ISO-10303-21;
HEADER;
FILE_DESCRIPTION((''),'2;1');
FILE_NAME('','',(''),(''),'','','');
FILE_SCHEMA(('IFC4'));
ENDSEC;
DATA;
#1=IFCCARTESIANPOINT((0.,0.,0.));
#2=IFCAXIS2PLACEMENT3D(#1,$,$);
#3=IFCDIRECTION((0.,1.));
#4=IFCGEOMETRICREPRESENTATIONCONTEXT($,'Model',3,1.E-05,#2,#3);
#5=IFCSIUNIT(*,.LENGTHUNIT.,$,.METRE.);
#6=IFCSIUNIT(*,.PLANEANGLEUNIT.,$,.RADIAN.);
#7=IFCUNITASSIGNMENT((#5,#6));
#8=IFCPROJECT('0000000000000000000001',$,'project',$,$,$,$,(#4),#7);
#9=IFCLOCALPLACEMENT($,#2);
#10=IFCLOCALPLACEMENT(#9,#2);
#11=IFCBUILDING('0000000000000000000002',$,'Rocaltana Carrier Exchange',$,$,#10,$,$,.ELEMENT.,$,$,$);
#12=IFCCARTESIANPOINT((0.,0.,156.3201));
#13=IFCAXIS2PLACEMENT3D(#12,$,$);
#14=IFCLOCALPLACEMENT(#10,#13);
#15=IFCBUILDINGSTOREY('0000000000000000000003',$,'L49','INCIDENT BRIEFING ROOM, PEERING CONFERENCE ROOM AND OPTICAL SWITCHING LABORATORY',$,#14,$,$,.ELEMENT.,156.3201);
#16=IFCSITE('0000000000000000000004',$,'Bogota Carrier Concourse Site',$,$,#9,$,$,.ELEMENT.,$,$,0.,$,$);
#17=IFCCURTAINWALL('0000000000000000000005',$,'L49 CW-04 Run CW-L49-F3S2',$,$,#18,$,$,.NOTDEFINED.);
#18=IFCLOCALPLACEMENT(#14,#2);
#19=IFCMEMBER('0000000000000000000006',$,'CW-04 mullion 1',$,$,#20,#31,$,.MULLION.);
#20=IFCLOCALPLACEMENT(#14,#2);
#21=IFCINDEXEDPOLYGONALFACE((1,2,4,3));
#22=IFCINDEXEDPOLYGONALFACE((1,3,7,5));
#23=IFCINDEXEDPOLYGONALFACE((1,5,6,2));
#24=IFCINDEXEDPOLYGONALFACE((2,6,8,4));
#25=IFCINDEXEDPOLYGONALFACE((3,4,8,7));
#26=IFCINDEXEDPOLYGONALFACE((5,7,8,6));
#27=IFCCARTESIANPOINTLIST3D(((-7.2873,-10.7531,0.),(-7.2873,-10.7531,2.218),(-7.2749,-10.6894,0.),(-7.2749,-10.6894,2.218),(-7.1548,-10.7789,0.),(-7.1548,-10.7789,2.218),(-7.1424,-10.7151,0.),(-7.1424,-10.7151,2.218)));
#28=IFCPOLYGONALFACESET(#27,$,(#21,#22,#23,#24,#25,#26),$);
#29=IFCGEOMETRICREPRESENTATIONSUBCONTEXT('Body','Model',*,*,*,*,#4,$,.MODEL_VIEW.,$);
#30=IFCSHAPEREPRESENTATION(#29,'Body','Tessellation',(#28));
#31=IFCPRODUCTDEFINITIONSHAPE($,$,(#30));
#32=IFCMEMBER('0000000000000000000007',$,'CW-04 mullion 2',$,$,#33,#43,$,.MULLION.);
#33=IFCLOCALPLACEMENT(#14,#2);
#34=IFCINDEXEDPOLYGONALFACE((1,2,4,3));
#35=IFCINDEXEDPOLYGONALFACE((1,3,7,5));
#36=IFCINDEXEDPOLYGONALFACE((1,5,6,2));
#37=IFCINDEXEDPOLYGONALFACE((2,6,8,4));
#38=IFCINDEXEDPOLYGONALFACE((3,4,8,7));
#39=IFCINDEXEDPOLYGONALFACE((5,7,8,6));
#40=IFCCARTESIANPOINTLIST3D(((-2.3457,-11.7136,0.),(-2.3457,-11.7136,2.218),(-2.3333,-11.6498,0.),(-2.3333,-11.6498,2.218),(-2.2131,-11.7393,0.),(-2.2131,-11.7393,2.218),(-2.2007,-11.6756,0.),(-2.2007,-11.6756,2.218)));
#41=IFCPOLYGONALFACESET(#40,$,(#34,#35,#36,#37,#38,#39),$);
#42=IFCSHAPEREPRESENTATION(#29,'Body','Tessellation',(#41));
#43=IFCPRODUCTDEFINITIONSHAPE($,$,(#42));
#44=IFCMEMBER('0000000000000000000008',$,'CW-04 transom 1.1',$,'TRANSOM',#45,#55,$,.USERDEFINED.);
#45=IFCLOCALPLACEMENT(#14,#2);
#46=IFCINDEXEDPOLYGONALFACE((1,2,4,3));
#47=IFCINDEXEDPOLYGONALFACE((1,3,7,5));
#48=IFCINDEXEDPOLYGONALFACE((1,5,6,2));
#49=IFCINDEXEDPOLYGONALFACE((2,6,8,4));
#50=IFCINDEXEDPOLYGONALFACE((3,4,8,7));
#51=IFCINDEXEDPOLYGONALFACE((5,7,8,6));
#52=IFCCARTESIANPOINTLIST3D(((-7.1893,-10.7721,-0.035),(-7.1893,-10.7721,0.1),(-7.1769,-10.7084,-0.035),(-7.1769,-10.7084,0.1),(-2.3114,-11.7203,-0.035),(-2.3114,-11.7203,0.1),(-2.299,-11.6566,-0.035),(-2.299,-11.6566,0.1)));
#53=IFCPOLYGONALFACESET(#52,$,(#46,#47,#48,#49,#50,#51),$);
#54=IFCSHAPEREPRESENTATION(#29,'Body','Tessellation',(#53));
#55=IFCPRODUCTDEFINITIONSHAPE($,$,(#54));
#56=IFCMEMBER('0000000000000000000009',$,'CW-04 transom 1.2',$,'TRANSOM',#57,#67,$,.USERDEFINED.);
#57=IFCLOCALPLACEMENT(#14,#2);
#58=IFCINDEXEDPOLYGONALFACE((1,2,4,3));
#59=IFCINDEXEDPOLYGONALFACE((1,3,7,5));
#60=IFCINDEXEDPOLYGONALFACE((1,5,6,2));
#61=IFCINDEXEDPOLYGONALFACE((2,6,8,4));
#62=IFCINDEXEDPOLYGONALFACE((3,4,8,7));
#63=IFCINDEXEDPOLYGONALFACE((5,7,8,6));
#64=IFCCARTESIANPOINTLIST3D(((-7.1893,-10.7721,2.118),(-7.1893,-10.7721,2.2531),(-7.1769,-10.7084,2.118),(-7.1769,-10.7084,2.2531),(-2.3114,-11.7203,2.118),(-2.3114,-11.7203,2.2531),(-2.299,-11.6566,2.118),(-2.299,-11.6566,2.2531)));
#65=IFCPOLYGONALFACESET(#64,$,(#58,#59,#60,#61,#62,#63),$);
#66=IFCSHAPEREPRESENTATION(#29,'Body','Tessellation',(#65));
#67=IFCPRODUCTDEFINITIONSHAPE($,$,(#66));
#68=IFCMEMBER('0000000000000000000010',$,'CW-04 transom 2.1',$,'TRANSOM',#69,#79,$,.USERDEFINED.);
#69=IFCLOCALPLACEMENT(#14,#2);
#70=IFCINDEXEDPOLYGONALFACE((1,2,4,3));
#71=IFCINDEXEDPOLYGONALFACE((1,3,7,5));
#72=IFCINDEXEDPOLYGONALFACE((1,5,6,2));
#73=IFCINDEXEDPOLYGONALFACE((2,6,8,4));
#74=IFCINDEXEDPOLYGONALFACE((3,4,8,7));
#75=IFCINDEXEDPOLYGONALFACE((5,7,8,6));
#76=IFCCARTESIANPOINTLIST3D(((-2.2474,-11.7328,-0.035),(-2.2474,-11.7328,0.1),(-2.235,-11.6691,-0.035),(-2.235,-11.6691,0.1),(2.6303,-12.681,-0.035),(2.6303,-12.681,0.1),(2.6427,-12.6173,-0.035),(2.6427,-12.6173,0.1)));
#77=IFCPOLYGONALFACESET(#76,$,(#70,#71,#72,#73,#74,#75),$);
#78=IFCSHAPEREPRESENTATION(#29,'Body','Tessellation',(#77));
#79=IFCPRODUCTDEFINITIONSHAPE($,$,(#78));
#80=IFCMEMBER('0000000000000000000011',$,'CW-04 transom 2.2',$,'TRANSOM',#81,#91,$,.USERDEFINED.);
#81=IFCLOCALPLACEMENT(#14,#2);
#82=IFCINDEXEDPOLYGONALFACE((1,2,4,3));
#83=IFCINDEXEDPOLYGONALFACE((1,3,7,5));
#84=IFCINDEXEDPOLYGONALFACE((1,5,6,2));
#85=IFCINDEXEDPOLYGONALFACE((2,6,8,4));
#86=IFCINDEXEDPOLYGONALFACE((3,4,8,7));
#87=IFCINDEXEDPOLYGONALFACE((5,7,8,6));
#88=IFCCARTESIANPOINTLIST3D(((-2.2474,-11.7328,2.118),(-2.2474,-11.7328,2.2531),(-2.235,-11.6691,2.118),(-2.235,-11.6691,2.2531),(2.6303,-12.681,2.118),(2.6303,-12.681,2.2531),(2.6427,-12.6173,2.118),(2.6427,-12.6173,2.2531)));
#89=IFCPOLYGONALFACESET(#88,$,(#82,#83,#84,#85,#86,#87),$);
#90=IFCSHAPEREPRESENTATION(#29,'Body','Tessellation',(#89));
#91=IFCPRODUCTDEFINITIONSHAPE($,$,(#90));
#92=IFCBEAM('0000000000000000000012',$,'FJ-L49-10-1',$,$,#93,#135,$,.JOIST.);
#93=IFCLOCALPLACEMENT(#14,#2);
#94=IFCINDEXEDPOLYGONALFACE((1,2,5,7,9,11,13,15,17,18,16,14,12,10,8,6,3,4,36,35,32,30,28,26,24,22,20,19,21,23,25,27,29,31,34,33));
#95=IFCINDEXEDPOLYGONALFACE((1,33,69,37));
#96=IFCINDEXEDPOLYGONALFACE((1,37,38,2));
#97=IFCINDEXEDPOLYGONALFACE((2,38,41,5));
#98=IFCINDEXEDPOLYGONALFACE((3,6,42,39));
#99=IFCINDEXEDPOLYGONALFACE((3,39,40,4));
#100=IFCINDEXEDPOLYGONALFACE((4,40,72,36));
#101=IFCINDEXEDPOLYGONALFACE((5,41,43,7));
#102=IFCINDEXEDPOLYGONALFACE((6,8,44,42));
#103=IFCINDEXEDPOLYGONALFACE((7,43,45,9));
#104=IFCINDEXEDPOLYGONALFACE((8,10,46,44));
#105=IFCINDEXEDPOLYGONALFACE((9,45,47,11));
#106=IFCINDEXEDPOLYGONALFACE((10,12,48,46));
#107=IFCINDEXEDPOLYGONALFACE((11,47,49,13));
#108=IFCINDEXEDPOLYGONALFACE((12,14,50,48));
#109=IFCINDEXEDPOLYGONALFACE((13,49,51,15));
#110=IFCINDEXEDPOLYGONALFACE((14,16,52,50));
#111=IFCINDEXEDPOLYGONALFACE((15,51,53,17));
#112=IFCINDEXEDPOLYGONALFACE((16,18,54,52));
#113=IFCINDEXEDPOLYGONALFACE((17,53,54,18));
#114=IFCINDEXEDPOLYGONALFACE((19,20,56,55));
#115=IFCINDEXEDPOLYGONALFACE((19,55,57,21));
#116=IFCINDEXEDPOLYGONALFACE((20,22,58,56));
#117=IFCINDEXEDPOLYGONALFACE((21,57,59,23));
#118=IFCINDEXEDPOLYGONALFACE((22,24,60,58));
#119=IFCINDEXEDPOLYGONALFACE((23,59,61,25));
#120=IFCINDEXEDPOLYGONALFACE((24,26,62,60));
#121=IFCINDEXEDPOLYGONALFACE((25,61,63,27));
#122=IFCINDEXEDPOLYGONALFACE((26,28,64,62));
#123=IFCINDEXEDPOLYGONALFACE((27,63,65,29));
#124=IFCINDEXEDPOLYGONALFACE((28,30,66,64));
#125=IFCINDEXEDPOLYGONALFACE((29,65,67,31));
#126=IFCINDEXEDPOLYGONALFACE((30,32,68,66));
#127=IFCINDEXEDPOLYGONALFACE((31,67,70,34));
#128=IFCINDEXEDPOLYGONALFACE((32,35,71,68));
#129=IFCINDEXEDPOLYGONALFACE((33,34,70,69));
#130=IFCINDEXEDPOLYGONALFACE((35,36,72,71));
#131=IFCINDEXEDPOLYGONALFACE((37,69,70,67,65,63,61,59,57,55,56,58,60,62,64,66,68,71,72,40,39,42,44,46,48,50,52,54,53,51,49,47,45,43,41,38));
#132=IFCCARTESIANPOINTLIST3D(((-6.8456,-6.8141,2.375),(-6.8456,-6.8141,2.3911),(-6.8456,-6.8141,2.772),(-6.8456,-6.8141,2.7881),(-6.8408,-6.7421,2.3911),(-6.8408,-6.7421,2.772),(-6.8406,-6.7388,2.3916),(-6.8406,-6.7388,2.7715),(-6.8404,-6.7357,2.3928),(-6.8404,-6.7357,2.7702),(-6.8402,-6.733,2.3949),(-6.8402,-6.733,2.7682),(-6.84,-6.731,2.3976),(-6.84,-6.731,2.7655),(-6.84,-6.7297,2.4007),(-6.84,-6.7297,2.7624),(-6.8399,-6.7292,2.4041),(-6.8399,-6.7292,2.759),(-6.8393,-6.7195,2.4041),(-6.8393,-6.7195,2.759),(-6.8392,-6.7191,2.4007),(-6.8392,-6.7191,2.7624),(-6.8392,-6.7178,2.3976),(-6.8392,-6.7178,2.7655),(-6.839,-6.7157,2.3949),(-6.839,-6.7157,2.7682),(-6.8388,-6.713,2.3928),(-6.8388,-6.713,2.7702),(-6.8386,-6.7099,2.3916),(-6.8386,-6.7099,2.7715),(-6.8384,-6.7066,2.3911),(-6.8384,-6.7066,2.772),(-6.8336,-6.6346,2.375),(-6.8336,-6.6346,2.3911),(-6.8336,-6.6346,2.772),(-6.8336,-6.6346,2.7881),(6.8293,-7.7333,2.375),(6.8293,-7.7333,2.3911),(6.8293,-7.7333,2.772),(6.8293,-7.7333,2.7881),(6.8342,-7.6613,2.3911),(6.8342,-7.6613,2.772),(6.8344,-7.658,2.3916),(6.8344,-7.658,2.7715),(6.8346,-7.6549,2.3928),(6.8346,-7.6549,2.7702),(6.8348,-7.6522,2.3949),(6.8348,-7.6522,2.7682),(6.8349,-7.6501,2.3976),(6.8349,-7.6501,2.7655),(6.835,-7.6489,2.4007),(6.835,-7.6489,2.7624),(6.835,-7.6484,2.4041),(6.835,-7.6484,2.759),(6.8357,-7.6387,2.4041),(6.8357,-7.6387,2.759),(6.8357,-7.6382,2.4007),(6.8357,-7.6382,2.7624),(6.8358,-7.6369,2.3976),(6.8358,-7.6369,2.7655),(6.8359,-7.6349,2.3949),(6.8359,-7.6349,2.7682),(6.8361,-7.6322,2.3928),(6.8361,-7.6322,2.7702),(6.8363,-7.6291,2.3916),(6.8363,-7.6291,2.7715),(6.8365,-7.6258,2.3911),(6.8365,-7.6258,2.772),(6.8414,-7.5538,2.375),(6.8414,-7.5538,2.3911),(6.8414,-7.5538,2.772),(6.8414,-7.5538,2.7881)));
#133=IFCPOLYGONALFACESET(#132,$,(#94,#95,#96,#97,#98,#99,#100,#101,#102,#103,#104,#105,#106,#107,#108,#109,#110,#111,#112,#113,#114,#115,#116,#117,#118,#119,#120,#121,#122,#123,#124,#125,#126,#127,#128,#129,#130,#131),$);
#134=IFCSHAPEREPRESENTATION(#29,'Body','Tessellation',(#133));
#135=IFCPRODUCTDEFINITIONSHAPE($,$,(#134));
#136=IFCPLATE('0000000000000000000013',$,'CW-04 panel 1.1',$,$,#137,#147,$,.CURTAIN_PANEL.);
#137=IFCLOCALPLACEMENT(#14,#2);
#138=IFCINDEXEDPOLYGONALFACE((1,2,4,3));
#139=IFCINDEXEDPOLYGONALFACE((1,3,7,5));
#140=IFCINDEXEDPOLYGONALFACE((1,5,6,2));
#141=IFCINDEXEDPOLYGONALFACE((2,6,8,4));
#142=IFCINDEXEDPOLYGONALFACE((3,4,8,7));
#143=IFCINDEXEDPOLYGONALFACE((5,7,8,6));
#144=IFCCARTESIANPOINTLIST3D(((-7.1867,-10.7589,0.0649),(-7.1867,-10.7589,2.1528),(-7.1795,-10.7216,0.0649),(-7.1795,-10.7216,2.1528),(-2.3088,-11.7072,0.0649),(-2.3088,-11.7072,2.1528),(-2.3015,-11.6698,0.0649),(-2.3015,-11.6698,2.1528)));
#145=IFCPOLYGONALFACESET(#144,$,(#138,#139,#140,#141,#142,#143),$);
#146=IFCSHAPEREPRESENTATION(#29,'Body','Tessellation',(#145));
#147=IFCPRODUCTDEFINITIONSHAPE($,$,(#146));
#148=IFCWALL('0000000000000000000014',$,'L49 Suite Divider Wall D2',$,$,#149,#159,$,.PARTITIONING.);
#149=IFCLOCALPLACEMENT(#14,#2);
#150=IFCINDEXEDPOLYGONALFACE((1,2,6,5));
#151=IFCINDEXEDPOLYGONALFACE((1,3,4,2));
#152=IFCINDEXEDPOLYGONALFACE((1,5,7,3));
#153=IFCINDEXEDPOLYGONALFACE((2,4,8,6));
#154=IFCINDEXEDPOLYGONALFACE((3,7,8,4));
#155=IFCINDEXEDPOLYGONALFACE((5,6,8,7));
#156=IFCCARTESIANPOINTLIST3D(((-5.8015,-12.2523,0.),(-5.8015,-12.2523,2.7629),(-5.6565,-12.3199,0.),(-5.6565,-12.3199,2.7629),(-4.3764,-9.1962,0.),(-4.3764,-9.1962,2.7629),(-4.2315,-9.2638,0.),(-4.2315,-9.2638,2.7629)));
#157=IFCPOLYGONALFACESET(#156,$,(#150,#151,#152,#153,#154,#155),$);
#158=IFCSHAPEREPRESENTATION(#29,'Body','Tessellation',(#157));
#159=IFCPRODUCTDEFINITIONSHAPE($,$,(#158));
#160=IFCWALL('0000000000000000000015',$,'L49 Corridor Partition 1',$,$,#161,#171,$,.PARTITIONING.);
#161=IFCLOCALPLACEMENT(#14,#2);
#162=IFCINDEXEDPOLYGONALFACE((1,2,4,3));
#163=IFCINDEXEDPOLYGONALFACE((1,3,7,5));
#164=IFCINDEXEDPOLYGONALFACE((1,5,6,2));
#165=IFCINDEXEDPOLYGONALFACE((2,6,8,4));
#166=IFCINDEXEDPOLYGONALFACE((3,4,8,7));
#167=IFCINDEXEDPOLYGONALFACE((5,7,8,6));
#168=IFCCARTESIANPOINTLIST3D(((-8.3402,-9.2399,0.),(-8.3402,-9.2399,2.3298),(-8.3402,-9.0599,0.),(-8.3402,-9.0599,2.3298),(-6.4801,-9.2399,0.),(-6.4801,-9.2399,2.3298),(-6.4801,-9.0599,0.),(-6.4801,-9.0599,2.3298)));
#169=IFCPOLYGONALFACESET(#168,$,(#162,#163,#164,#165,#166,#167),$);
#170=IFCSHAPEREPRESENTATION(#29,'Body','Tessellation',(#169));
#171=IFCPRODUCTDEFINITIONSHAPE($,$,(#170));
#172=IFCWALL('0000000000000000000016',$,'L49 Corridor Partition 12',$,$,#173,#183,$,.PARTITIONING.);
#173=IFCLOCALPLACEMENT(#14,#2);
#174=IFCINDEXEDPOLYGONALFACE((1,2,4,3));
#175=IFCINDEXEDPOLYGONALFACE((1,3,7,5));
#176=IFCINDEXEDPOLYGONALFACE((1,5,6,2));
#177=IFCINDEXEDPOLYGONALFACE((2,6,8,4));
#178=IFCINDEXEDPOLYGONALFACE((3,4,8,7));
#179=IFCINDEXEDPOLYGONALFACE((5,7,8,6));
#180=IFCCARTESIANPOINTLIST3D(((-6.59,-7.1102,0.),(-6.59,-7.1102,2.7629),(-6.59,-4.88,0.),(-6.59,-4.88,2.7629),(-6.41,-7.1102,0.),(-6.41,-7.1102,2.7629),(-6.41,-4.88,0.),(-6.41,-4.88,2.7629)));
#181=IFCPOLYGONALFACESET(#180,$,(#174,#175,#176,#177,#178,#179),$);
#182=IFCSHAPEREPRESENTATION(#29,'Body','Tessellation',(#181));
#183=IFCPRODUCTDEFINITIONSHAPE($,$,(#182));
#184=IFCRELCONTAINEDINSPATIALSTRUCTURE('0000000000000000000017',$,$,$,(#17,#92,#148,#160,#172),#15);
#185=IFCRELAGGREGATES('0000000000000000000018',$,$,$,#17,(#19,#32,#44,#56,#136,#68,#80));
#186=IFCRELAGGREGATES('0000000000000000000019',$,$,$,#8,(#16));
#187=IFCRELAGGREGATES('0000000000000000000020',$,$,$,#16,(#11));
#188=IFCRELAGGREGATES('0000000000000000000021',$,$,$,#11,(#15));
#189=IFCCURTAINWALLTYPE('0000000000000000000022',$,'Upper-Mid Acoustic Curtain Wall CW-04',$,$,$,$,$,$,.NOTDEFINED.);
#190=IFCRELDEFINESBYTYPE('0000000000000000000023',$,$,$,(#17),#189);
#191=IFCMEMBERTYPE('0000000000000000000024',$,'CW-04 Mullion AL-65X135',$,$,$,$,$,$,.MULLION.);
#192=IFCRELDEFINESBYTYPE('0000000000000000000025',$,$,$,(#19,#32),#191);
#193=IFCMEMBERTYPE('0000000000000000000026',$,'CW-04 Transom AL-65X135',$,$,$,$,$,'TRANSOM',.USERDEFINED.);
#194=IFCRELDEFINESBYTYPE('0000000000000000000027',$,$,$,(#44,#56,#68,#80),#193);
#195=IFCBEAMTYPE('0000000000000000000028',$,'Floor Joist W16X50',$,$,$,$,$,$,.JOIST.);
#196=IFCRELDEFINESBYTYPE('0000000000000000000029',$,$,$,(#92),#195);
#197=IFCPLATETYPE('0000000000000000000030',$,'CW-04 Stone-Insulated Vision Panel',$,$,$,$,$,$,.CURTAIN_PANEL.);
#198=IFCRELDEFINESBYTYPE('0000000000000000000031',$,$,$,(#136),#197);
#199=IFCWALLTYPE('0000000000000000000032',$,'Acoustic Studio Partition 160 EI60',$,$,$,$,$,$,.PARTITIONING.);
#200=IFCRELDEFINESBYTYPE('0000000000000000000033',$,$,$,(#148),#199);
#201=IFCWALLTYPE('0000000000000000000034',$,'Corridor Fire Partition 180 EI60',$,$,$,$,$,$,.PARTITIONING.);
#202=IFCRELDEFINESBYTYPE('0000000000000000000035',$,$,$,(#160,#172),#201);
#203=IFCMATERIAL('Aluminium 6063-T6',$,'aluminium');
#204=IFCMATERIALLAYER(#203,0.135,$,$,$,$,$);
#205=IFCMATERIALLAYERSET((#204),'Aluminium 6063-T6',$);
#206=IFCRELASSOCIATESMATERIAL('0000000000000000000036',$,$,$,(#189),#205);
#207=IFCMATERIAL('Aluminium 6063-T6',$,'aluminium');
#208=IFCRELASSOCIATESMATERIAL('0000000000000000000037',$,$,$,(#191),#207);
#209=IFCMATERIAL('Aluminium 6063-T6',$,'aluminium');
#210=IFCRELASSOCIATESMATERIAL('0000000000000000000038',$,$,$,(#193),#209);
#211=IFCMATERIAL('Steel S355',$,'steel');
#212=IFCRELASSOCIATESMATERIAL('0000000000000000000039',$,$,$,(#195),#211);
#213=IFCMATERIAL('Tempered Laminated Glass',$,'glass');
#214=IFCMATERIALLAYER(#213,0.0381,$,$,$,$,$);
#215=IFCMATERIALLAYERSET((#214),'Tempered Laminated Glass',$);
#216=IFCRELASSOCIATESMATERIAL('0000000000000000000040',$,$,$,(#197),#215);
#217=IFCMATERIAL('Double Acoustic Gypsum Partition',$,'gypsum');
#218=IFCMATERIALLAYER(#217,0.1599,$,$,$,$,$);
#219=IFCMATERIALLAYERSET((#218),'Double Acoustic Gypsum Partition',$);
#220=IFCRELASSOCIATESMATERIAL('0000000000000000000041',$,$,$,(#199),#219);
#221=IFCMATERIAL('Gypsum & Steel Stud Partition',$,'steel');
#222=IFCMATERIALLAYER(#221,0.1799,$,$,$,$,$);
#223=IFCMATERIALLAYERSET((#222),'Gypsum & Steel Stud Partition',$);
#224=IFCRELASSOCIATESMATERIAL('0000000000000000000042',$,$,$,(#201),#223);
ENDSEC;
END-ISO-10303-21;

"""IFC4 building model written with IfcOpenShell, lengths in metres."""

from ifc_helpers import new_model, si_unit, direction, frame, frame_2d, origin, origin_2d, place, context, subcontext, project, spatial, rectangle, i_section, extrude, material, layer, layer_set, material_profile, profile_set, type_object, element, aggregate, save


model = new_model("IFC4")

# Units and contexts
model_context = context("Model", 3, precision=1e-05, world=origin(), true_north=direction((0.0, 1.0)))
body_context = subcontext(model_context, "Body", "Model", "MODEL_VIEW")
ifc_project = project(units=[si_unit("LENGTHUNIT", "METRE"), si_unit("PLANEANGLEUNIT", "RADIAN")], contexts=[model_context])

# Site, building, storey
site_placement = place(None, origin())
site = spatial("IfcSite", under=ifc_project, at=site_placement, Name="Bogota Carrier Concourse Site", CompositionType="ELEMENT", RefElevation=0.0)
building_placement = place(site_placement, origin())
building = spatial("IfcBuilding", under=site, at=building_placement, Name="Rocaltana Carrier Exchange", CompositionType="ELEMENT")
storey_placement = place(building_placement, frame((0.0, 0.0, 156.3201)))
storey = spatial("IfcBuildingStorey", under=building, at=storey_placement, Name="L49", Description="INCIDENT BRIEFING ROOM, PEERING CONFERENCE ROOM AND OPTICAL SWITCHING LABORATORY", CompositionType="ELEMENT", Elevation=156.3201)

# Curtain wall, members
ifc_material_1 = material(Name="Aluminium 6063-T6", Category="aluminium")
ifc_layer_1 = layer(ifc_material_1, 0.135)
ifc_layer_set_1 = layer_set([ifc_layer_1], Name="Aluminium 6063-T6")
curtain_wall_type = type_object("IfcCurtainWallType", Name="Upper-Mid Acoustic Curtain Wall CW-04", PredefinedType="NOTDEFINED", material=ifc_layer_set_1)
curtain_wall_placement = place(storey_placement, origin())
curtain_wall = element("IfcCurtainWall", 1, at=curtain_wall_placement, inside=storey, type_object=curtain_wall_type, Name="L49 CW-04 Run CW-L49-F3S2", PredefinedType="NOTDEFINED")
ifc_material_2 = material(Name="Aluminium 6063-T6", Category="aluminium")
ifc_material_profile_1 = material_profile(ifc_material_2, rectangle(XDim=0.0649, YDim=0.135, at=origin_2d()), Name="AL-65X135")
ifc_profile_set_1 = profile_set([ifc_material_profile_1], Name="Aluminium 6063-T6")
member_type_1 = type_object("IfcMemberType", Name="CW-04 Mullion AL-65X135", PredefinedType="MULLION", material=ifc_profile_set_1)
member_1_placement = place(storey_placement, frame((-7.2148, -10.7341, 0.0), z_axis=(0.0, 0.0, 1.0), x_axis=(0.190815, 0.981626, 0.0)))
member_1 = element("IfcMember", 2, at=member_1_placement, type_object=member_type_1, Name="CW-04 mullion 1", PredefinedType="MULLION", context=body_context, shape_type="SweptSolid", body=[
    extrude(rectangle(XDim=0.0649, YDim=0.135, at=origin_2d()), origin(), (0.0, 0.0, 1.0), 2.218),
])
member_2_placement = place(storey_placement, frame((-2.2732, -11.6946, 0.0), z_axis=(0.0, 0.0, 1.0), x_axis=(0.190815, 0.981626, 0.0)))
member_2 = element("IfcMember", 3, at=member_2_placement, type_object=member_type_1, Name="CW-04 mullion 2", PredefinedType="MULLION", context=body_context, shape_type="SweptSolid", body=[
    extrude(rectangle(XDim=0.0649, YDim=0.135, at=origin_2d()), origin(), (0.0, 0.0, 1.0), 2.218),
])
ifc_material_3 = material(Name="Aluminium 6063-T6", Category="aluminium")
ifc_material_profile_2 = material_profile(ifc_material_3, rectangle(XDim=0.0649, YDim=0.135, at=origin_2d()), Name="AL-65X135")
ifc_profile_set_2 = profile_set([ifc_material_profile_2], Name="Aluminium 6063-T6")
member_type_2 = type_object("IfcMemberType", Name="CW-04 Transom AL-65X135", ElementType="TRANSOM", PredefinedType="USERDEFINED", material=ifc_profile_set_2)
member_3_placement = place(storey_placement, frame((-7.1831, -10.7402, 0.0325), z_axis=(0.981625, -0.190822, 0.0), x_axis=(0.190822, 0.981625, 0.0)))
member_3 = element("IfcMember", 4, at=member_3_placement, type_object=member_type_2, Name="CW-04 transom 1.1", ObjectType="TRANSOM", PredefinedType="USERDEFINED", context=body_context, shape_type="SweptSolid", body=[
    extrude(rectangle(XDim=0.0649, YDim=0.135, at=origin_2d()), origin(), (0.0, 0.0, 1.0), 4.9692),
])
member_4_placement = place(storey_placement, frame((-7.1831, -10.7402, 2.1855), z_axis=(0.981625, -0.190822, 0.0), x_axis=(0.190822, 0.981625, 0.0)))
member_4 = element("IfcMember", 5, at=member_4_placement, type_object=member_type_2, Name="CW-04 transom 1.2", ObjectType="TRANSOM", PredefinedType="USERDEFINED", context=body_context, shape_type="SweptSolid", body=[
    extrude(rectangle(XDim=0.0649, YDim=0.135, at=origin_2d()), origin(), (0.0, 0.0, 1.0), 4.9692),
])
member_5_placement = place(storey_placement, frame((-2.2412, -11.7009, 0.0325), z_axis=(0.981623, -0.190832, 0.0), x_axis=(0.190832, 0.981623, 0.0)))
member_5 = element("IfcMember", 6, at=member_5_placement, type_object=member_type_2, Name="CW-04 transom 2.1", ObjectType="TRANSOM", PredefinedType="USERDEFINED", context=body_context, shape_type="SweptSolid", body=[
    extrude(rectangle(XDim=0.0649, YDim=0.135, at=origin_2d()), origin(), (0.0, 0.0, 1.0), 4.969),
])
member_6_placement = place(storey_placement, frame((-2.2412, -11.7009, 2.1855), z_axis=(0.981623, -0.190832, 0.0), x_axis=(0.190832, 0.981623, 0.0)))
member_6 = element("IfcMember", 7, at=member_6_placement, type_object=member_type_2, Name="CW-04 transom 2.2", ObjectType="TRANSOM", PredefinedType="USERDEFINED", context=body_context, shape_type="SweptSolid", body=[
    extrude(rectangle(XDim=0.0649, YDim=0.135, at=origin_2d()), origin(), (0.0, 0.0, 1.0), 4.969),
])

# Beam
ifc_material_4 = material(Name="Steel S355", Category="steel")
ifc_material_profile_3 = material_profile(ifc_material_4, i_section(OverallWidth=0.1799, OverallDepth=0.4131, WebThickness=0.0098, FlangeThickness=0.0161, FilletRadius=0.0129, at=origin_2d()), Name="W16X50")
ifc_profile_set_3 = profile_set([ifc_material_profile_3], Name="Steel S355")
beam_type = type_object("IfcBeamType", Name="Floor Joist W16X50", PredefinedType="JOIST", material=ifc_profile_set_3)
beam_placement = place(storey_placement, frame((-6.8396, -6.7244, 2.5815), z_axis=(0.997749, -0.067065, 0.0), x_axis=(0.067065, 0.997749, 0.0)))
element("IfcBeam", 8, at=beam_placement, inside=storey, type_object=beam_type, Name="FJ-L49-10-1", PredefinedType="JOIST", context=body_context, shape_type="SweptSolid", body=[
    extrude(i_section(OverallWidth=0.1799, OverallDepth=0.4131, WebThickness=0.0098, FlangeThickness=0.0161, FilletRadius=0.0129, at=origin_2d()), origin(), (0.0, 0.0, 1.0), 13.7058),
])

# Plate
ifc_material_5 = material(Name="Tempered Laminated Glass", Category="glass")
ifc_layer_2 = layer(ifc_material_5, 0.0381)
ifc_layer_set_2 = layer_set([ifc_layer_2], Name="Tempered Laminated Glass")
plate_type = type_object("IfcPlateType", Name="CW-04 Stone-Insulated Vision Panel", PredefinedType="CURTAIN_PANEL", material=ifc_layer_set_2)
plate_placement = place(storey_placement, frame((-4.7441, -11.2144, 0.0649), z_axis=(0.0, 0.0, 1.0), x_axis=(0.981626, -0.190815, 0.0)))
plate = element("IfcPlate", 9, at=plate_placement, type_object=plate_type, Name="CW-04 panel 1.1", PredefinedType="CURTAIN_PANEL", context=body_context, shape_type="SweptSolid", body=[
    extrude(rectangle(XDim=4.9692, YDim=0.0381, at=origin_2d()), origin(), (0.0, 0.0, 1.0), 2.0879),
])
aggregate(curtain_wall, [member_1, member_2, member_3, member_4, plate, member_5, member_6])

# Walls
ifc_material_6 = material(Name="Double Acoustic Gypsum Partition", Category="gypsum")
ifc_layer_3 = layer(ifc_material_6, 0.1599)
ifc_layer_set_3 = layer_set([ifc_layer_3], Name="Double Acoustic Gypsum Partition")
wall_type_1 = type_object("IfcWallType", Name="Acoustic Studio Partition 160 EI60", PredefinedType="PARTITIONING", material=ifc_layer_set_3)
wall_1_placement = place(storey_placement, frame((-4.304, -9.23, 0.0), z_axis=(0.0, 0.0, 1.0), x_axis=(-0.422604, -0.906314, 0.0)))
element("IfcWall", 10, at=wall_1_placement, inside=storey, type_object=wall_type_1, Name="L49 Suite Divider Wall D2", PredefinedType="PARTITIONING", context=body_context, shape_type="SweptSolid", body=[
    extrude(rectangle(XDim=3.3721, YDim=0.1599, at=frame_2d((1.686, 0.0))), origin(), (0.0, 0.0, 1.0), 2.7629),
])
ifc_material_7 = material(Name="Gypsum & Steel Stud Partition", Category="steel")
ifc_layer_4 = layer(ifc_material_7, 0.1799)
ifc_layer_set_4 = layer_set([ifc_layer_4], Name="Gypsum & Steel Stud Partition")
wall_type_2 = type_object("IfcWallType", Name="Corridor Fire Partition 180 EI60", PredefinedType="PARTITIONING", material=ifc_layer_set_4)
wall_2_placement = place(storey_placement, frame((-6.48, -9.1499, 0.0), z_axis=(0.0, 0.0, 1.0), x_axis=(-1.0, 0.0, 0.0)))
element("IfcWall", 11, at=wall_2_placement, inside=storey, type_object=wall_type_2, Name="L49 Corridor Partition 1", PredefinedType="PARTITIONING", context=body_context, shape_type="SweptSolid", body=[
    extrude(rectangle(XDim=1.8601, YDim=0.1799, at=frame_2d((0.9302, 0.0))), origin(), (0.0, 0.0, 1.0), 2.3298),
])
wall_3_placement = place(storey_placement, frame((-6.5, -4.8799, 0.0), z_axis=(0.0, 0.0, 1.0), x_axis=(0.0, -1.0, 0.0)))
element("IfcWall", 12, at=wall_3_placement, inside=storey, type_object=wall_type_2, Name="L49 Corridor Partition 12", PredefinedType="PARTITIONING", context=body_context, shape_type="SweptSolid", body=[
    extrude(rectangle(XDim=2.2302, YDim=0.1799, at=frame_2d((1.1152, 0.0))), origin(), (0.0, 0.0, 1.0), 2.7629),
])

save(model, "model.ifc")
